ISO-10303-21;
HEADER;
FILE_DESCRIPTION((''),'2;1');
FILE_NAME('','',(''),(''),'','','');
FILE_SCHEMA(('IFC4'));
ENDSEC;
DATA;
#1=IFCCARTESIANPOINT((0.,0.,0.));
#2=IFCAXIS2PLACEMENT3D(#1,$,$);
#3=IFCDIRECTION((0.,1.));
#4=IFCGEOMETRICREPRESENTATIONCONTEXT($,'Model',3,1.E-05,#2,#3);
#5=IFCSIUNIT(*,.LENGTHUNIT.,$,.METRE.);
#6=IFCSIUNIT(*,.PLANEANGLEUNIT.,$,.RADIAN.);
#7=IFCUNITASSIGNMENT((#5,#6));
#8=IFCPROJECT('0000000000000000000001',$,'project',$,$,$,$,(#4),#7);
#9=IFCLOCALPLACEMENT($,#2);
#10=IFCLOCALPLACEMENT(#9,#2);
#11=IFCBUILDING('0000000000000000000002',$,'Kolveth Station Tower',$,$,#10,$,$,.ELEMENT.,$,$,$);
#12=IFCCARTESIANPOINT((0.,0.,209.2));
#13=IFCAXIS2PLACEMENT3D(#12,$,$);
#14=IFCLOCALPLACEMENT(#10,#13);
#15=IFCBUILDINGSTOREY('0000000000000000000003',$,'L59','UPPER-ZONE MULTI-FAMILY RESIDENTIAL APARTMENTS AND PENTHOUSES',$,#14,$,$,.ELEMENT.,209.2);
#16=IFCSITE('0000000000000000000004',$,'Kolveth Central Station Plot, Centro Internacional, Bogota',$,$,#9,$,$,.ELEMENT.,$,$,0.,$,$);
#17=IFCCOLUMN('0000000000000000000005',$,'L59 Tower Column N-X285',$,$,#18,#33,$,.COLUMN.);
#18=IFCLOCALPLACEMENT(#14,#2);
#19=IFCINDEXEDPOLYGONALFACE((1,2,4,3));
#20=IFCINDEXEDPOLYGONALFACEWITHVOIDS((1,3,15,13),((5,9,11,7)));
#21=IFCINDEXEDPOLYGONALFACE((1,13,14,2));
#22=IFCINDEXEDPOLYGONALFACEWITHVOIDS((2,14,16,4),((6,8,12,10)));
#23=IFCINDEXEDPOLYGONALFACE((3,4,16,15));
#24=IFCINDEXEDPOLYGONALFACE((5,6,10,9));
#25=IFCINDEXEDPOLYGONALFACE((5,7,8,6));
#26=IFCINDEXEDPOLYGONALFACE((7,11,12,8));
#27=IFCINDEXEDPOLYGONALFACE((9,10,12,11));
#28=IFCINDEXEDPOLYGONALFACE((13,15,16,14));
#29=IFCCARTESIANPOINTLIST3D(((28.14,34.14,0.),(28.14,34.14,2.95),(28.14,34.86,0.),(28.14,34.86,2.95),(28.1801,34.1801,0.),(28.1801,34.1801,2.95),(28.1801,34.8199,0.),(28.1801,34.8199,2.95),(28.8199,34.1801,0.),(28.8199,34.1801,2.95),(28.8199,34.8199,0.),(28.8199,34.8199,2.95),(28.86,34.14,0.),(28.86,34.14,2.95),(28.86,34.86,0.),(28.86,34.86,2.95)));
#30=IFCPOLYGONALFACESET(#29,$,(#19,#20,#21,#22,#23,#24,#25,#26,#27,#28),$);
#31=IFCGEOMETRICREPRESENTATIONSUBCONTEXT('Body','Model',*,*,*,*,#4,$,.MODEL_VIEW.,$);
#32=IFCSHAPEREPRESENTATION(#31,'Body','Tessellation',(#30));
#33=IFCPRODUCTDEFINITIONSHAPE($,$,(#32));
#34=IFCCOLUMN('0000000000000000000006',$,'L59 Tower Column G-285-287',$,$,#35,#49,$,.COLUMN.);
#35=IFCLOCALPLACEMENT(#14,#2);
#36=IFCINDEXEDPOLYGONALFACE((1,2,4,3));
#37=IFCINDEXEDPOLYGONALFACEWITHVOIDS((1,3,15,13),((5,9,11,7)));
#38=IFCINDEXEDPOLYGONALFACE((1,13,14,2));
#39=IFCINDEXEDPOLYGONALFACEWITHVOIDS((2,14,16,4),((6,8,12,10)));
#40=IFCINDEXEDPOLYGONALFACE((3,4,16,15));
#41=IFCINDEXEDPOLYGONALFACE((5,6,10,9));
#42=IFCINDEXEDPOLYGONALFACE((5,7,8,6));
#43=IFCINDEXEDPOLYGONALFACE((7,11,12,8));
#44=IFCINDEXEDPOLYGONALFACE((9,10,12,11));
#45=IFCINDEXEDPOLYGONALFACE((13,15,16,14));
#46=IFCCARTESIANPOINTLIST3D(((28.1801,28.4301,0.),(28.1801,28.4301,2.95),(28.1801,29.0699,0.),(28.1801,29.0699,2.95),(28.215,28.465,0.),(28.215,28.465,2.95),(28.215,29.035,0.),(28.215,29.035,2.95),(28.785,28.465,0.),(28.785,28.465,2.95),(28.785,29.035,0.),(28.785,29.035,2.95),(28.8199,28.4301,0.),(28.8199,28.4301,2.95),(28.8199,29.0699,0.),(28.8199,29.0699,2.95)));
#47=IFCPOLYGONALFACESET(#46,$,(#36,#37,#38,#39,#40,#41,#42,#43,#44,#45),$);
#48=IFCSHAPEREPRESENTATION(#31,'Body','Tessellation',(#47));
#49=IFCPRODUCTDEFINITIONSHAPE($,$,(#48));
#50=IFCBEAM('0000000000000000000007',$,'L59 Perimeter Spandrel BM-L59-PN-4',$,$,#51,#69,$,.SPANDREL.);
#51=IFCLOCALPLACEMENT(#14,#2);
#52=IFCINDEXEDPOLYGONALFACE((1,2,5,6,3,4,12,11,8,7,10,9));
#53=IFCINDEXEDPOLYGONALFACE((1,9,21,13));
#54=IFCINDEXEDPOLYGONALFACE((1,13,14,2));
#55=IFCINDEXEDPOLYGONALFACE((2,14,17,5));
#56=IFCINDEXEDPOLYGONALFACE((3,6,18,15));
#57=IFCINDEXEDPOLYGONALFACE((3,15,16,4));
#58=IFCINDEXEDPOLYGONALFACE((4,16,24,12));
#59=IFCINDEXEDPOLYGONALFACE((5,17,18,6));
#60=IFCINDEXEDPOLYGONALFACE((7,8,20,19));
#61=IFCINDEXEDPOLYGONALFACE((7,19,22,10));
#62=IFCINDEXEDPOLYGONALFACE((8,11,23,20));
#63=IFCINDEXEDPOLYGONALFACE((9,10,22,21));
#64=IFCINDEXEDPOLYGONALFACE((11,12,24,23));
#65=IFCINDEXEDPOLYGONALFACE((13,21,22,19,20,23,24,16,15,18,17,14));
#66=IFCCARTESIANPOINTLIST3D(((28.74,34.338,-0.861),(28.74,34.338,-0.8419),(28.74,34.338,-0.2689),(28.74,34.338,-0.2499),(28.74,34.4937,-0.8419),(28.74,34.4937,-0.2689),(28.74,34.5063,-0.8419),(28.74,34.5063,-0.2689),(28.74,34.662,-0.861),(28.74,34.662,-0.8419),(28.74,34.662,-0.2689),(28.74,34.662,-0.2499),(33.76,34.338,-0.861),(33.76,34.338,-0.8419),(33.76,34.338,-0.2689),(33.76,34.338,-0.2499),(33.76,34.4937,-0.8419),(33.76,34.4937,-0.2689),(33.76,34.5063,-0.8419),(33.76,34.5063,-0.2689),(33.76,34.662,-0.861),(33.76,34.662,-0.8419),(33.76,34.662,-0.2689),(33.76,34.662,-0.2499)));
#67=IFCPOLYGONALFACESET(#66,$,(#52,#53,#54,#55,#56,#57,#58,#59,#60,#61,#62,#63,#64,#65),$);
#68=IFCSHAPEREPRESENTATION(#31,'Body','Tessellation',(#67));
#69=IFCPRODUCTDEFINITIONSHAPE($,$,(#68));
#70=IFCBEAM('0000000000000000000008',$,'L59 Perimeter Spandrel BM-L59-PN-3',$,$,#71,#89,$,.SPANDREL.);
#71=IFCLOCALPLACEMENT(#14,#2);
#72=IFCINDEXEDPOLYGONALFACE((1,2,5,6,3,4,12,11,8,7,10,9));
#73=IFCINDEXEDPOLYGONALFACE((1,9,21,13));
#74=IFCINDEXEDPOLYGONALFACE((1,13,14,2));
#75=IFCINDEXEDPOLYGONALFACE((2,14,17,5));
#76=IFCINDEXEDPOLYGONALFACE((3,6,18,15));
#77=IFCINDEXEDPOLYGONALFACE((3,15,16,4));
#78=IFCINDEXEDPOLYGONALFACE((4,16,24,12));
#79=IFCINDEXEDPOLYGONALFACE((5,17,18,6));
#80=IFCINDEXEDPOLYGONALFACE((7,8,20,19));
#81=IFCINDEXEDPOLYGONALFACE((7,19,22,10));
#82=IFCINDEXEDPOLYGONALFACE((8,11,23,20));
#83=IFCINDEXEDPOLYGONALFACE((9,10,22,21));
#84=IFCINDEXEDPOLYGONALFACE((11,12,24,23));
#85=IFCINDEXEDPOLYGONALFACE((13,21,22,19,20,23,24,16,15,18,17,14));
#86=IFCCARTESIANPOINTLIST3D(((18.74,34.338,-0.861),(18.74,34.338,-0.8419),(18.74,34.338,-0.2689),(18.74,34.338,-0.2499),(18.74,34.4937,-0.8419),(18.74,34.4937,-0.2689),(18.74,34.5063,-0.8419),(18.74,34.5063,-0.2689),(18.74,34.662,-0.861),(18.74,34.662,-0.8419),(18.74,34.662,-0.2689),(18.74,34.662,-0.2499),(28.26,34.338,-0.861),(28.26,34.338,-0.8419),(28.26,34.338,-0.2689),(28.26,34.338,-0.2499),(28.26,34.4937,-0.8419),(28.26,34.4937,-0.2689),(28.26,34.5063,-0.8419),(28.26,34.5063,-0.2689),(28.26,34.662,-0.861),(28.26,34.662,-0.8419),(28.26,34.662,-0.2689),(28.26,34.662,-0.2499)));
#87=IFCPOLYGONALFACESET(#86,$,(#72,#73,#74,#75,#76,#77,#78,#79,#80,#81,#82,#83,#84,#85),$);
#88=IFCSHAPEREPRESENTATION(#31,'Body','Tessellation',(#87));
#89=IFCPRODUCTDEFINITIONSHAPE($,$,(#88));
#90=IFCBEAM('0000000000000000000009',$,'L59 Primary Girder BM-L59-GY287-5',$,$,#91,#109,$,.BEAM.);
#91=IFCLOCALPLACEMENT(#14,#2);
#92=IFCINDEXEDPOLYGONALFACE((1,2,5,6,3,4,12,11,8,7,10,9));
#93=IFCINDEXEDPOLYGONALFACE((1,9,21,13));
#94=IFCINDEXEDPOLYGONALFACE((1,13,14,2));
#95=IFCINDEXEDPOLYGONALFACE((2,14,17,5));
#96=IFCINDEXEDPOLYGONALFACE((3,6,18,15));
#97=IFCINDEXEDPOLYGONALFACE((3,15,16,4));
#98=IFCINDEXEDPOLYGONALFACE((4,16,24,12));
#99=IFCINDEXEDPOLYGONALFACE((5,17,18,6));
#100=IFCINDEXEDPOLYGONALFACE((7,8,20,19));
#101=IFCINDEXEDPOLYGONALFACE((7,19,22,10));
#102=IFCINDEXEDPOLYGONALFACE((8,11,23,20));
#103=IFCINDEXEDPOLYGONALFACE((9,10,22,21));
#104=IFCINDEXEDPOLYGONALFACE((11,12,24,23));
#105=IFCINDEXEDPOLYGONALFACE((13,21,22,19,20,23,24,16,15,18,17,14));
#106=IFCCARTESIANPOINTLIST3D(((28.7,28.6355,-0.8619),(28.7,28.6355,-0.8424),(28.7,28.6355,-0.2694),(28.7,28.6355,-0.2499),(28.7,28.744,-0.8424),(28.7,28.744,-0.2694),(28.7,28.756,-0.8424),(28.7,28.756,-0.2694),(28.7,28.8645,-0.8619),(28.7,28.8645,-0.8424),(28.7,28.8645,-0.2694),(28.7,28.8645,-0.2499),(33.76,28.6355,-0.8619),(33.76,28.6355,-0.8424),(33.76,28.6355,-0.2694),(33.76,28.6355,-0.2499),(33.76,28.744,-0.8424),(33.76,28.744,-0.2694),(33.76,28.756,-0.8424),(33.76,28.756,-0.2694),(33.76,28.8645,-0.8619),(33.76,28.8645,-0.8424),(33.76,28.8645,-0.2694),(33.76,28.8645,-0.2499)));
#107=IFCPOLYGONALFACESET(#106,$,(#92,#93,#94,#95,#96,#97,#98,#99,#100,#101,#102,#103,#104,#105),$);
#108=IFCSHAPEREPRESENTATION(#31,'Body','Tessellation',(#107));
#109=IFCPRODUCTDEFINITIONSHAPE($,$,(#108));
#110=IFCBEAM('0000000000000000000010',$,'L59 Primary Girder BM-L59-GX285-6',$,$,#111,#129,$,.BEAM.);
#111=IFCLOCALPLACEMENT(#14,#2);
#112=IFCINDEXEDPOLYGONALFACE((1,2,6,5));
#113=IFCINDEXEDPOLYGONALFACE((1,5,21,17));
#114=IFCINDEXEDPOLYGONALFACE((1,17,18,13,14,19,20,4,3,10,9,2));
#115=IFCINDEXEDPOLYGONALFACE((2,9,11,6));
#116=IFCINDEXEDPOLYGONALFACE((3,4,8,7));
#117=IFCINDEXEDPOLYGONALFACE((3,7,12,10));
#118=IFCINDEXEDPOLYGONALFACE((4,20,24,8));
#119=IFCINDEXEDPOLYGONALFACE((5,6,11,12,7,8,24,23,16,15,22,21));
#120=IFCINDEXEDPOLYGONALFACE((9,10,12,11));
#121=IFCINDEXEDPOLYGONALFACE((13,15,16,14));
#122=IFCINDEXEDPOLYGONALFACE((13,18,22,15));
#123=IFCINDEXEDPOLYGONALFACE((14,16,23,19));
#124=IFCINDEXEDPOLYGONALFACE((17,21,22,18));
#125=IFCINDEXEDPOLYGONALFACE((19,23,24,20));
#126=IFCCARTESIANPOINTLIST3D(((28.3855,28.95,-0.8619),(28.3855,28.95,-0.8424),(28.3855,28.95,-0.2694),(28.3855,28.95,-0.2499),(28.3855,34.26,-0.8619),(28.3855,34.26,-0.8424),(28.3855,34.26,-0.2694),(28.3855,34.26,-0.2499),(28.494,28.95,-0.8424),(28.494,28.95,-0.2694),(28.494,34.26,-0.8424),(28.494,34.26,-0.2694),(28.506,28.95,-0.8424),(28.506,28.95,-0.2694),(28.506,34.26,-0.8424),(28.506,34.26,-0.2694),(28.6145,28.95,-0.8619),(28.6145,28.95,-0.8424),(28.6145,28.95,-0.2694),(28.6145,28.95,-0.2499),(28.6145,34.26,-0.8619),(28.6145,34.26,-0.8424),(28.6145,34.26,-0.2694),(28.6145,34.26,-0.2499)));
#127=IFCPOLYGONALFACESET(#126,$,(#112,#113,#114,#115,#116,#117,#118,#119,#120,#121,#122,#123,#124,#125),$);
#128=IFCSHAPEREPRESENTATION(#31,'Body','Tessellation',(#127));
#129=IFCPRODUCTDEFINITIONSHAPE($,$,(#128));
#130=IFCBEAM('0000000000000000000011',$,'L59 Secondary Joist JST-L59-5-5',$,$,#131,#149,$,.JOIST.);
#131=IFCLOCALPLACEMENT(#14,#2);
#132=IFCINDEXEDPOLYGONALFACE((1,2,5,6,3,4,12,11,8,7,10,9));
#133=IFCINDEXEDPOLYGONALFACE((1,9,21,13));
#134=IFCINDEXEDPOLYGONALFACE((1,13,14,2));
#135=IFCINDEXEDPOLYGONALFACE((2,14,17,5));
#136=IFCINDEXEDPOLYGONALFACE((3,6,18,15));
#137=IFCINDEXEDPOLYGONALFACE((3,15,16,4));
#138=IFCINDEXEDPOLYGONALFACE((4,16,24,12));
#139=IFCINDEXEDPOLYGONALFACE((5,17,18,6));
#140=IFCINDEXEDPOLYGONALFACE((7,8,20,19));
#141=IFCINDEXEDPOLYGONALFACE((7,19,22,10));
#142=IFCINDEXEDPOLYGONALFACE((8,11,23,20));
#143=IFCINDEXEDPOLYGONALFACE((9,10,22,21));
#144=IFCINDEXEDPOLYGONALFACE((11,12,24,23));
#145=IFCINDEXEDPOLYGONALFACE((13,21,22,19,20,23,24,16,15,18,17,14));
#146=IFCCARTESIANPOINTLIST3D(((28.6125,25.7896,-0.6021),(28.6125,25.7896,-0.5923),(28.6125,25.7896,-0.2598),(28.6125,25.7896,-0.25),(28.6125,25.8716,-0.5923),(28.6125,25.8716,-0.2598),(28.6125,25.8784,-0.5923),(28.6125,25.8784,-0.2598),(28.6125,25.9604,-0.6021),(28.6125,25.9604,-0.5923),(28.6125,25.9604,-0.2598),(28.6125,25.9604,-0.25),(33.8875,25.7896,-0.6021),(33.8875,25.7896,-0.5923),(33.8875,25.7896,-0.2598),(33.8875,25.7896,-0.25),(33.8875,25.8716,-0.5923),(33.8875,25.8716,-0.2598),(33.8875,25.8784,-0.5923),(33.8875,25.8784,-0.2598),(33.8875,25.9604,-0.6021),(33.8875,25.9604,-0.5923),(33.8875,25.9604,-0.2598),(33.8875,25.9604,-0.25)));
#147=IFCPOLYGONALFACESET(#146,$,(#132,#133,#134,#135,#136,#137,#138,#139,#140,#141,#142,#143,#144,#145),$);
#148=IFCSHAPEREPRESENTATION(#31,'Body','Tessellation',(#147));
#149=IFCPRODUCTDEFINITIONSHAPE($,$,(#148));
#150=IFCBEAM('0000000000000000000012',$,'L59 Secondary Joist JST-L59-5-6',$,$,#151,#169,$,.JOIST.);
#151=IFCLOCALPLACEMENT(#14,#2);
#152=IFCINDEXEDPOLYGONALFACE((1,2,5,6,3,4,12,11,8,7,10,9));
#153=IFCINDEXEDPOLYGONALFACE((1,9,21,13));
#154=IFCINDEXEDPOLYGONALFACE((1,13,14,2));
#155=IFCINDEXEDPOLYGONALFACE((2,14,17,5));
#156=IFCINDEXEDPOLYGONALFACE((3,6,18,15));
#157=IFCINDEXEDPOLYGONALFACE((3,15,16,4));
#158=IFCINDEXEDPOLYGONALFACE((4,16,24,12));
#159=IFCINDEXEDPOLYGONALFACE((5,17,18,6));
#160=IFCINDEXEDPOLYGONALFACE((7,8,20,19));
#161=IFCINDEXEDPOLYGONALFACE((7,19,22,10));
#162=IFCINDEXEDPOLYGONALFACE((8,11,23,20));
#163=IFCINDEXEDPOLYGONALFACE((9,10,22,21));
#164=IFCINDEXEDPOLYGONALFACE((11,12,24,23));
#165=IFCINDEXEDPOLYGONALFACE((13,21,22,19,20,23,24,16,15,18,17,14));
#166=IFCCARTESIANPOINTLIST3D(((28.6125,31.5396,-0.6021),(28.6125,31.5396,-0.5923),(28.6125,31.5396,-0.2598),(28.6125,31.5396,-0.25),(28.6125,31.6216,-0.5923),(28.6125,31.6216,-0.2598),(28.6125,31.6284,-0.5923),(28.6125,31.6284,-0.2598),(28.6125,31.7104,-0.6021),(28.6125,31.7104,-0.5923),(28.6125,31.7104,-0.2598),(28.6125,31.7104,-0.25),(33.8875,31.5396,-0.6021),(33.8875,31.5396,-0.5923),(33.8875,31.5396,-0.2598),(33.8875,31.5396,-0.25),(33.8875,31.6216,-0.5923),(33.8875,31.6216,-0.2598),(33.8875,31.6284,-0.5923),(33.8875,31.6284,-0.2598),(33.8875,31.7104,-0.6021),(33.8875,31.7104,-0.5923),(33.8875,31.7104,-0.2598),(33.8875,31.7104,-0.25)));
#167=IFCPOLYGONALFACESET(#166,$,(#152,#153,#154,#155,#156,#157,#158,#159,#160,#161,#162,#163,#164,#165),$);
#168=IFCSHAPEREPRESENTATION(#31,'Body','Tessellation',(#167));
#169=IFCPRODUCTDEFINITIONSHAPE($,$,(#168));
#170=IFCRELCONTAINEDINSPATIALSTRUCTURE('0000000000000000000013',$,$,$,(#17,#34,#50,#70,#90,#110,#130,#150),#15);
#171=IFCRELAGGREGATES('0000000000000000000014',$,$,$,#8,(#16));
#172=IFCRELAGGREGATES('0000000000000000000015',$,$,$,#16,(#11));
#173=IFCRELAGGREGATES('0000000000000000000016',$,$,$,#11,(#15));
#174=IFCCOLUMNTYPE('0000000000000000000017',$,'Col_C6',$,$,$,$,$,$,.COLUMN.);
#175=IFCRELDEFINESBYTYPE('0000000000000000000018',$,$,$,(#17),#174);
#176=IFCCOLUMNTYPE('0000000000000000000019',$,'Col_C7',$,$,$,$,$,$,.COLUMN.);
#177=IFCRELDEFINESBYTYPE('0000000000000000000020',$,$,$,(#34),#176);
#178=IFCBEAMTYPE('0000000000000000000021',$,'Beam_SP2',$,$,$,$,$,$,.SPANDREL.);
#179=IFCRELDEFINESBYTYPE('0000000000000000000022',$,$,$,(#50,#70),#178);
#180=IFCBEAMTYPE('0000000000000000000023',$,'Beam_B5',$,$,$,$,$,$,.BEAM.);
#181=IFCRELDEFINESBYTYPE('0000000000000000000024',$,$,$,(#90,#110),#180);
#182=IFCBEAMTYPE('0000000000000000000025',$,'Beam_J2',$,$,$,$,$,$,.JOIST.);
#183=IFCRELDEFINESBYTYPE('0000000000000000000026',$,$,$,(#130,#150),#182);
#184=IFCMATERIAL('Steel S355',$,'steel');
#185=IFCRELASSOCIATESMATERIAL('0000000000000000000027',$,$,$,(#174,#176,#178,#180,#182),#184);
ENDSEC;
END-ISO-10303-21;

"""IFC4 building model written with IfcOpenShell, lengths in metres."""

from ifc_helpers import new_model, si_unit, direction, frame, origin, origin_2d, place, context, subcontext, project, spatial, hollow_rectangle, i_section, extrude, source, transform, mapped, material, material_profile, profile_set, type_object, element, save


model = new_model("IFC4")

# Units and contexts
model_context = context("Model", 3, precision=1e-05, world=origin(), true_north=direction((0.0, 1.0)))
body_context = subcontext(model_context, "Body", "Model", "MODEL_VIEW")
ifc_project = project(units=[si_unit("LENGTHUNIT", "METRE"), si_unit("PLANEANGLEUNIT", "RADIAN")], contexts=[model_context])

# Site, building, storey
site_placement = place(None, origin())
site = spatial("IfcSite", under=ifc_project, at=site_placement, Name="Kolveth Central Station Plot, Centro Internacional, Bogota", CompositionType="ELEMENT", RefElevation=0.0)
building_placement = place(site_placement, origin())
building = spatial("IfcBuilding", under=site, at=building_placement, Name="Kolveth Station Tower", CompositionType="ELEMENT")
storey_placement = place(building_placement, frame((0.0, 0.0, 209.2)))
storey = spatial("IfcBuildingStorey", under=building, at=storey_placement, Name="L59", Description="UPPER-ZONE MULTI-FAMILY RESIDENTIAL APARTMENTS AND PENTHOUSES", CompositionType="ELEMENT", Elevation=209.2)

# Columns
ifc_material_1 = material(Name="Steel S355", Category="steel")
ifc_material_profile_1 = material_profile(ifc_material_1, hollow_rectangle(XDim=0.72, YDim=0.72, WallThickness=0.04, at=origin_2d()), Name="BOX720x720x40")
ifc_profile_set_1 = profile_set([ifc_material_profile_1], Name="Steel S355")
column_type_1 = type_object("IfcColumnType", Name="Col_C6", PredefinedType="COLUMN", material=ifc_profile_set_1)
shared_shape_1 = source(origin(), body_context, "Body", "SweptSolid", [
    extrude(hollow_rectangle(XDim=0.72, YDim=0.72, WallThickness=0.04, at=origin_2d()), origin(), (0.0, 0.0, 1.0), 2.95),
])
column_1_placement = place(storey_placement, frame((28.5, 34.5, 0.0), z_axis=(0.0, 0.0, 1.0), x_axis=(1.0, 0.0, 0.0)))
element("IfcColumn", 1, at=column_1_placement, inside=storey, type_object=column_type_1, Name="L59 Tower Column N-X285", PredefinedType="COLUMN", context=body_context, shape_type="MappedRepresentation", body=[
    mapped(shared_shape_1, transform((0.0, 0.0, 0.0), x_axis=(1.0, 0.0, 0.0), y_axis=(0.0, 1.0, 0.0), z_axis=(0.0, 0.0, 1.0), scale=1.0)),
])
ifc_material_profile_2 = material_profile(ifc_material_1, hollow_rectangle(XDim=0.6399, YDim=0.6399, WallThickness=0.0349, at=origin_2d()), Name="BOX640x640x35")
ifc_profile_set_2 = profile_set([ifc_material_profile_2], Name="Steel S355")
column_type_2 = type_object("IfcColumnType", Name="Col_C7", PredefinedType="COLUMN", material=ifc_profile_set_2)
shared_shape_2 = source(origin(), body_context, "Body", "SweptSolid", [
    extrude(hollow_rectangle(XDim=0.6399, YDim=0.6399, WallThickness=0.0349, at=origin_2d()), origin(), (0.0, 0.0, 1.0), 2.95),
])
column_2_placement = place(storey_placement, frame((28.5, 28.75, 0.0), z_axis=(0.0, 0.0, 1.0), x_axis=(1.0, 0.0, 0.0)))
element("IfcColumn", 2, at=column_2_placement, inside=storey, type_object=column_type_2, Name="L59 Tower Column G-285-287", PredefinedType="COLUMN", context=body_context, shape_type="MappedRepresentation", body=[
    mapped(shared_shape_2, transform((0.0, 0.0, 0.0), x_axis=(1.0, 0.0, 0.0), y_axis=(0.0, 1.0, 0.0), z_axis=(0.0, 0.0, 1.0), scale=1.0)),
])

# Beams
ifc_material_profile_3 = material_profile(ifc_material_1, i_section(OverallWidth=0.324, OverallDepth=0.6111, WebThickness=0.0127, FlangeThickness=0.019, at=origin_2d()), Name="W610x155")
ifc_profile_set_3 = profile_set([ifc_material_profile_3], Name="Steel S355")
beam_type_1 = type_object("IfcBeamType", Name="Beam_SP2", PredefinedType="SPANDREL", material=ifc_profile_set_3)
shared_shape_3 = source(origin(), body_context, "Body", "SweptSolid", [
    extrude(i_section(OverallWidth=0.324, OverallDepth=0.6111, WebThickness=0.0127, FlangeThickness=0.019, at=origin_2d()), origin(), (0.0, 0.0, 1.0), 5.02),
])
beam_1_placement = place(storey_placement, frame((28.74, 34.5, -0.5554), z_axis=(1.0, 0.0, 0.0), x_axis=(0.0, 1.0, 0.0)))
element("IfcBeam", 3, at=beam_1_placement, inside=storey, type_object=beam_type_1, Name="L59 Perimeter Spandrel BM-L59-PN-4", PredefinedType="SPANDREL", context=body_context, shape_type="MappedRepresentation", body=[
    mapped(shared_shape_3, transform((0.0, 0.0, 0.0), x_axis=(1.0, 0.0, 0.0), y_axis=(0.0, 1.0, 0.0), z_axis=(0.0, 0.0, 1.0), scale=1.0)),
])
shared_shape_4 = source(origin(), body_context, "Body", "SweptSolid", [
    extrude(i_section(OverallWidth=0.324, OverallDepth=0.6111, WebThickness=0.0127, FlangeThickness=0.019, at=origin_2d()), origin(), (0.0, 0.0, 1.0), 9.52),
])
beam_2_placement = place(storey_placement, frame((18.74, 34.5, -0.5554), z_axis=(1.0, 0.0, 0.0), x_axis=(0.0, 1.0, 0.0)))
element("IfcBeam", 4, at=beam_2_placement, inside=storey, type_object=beam_type_1, Name="L59 Perimeter Spandrel BM-L59-PN-3", PredefinedType="SPANDREL", context=body_context, shape_type="MappedRepresentation", body=[
    mapped(shared_shape_4, transform((0.0, 0.0, 0.0), x_axis=(1.0, 0.0, 0.0), y_axis=(0.0, 1.0, 0.0), z_axis=(0.0, 0.0, 1.0), scale=1.0)),
])
ifc_material_profile_4 = material_profile(ifc_material_1, i_section(OverallWidth=0.229, OverallDepth=0.6121, WebThickness=0.012, FlangeThickness=0.0195, at=origin_2d()), Name="W610x125")
ifc_profile_set_4 = profile_set([ifc_material_profile_4], Name="Steel S355")
beam_type_2 = type_object("IfcBeamType", Name="Beam_B5", PredefinedType="BEAM", material=ifc_profile_set_4)
shared_shape_5 = source(origin(), body_context, "Body", "SweptSolid", [
    extrude(i_section(OverallWidth=0.229, OverallDepth=0.6121, WebThickness=0.012, FlangeThickness=0.0195, at=origin_2d()), origin(), (0.0, 0.0, 1.0), 5.0601),
])
beam_3_placement = place(storey_placement, frame((28.7, 28.75, -0.5559), z_axis=(1.0, 0.0, 0.0), x_axis=(0.0, 1.0, 0.0)))
element("IfcBeam", 5, at=beam_3_placement, inside=storey, type_object=beam_type_2, Name="L59 Primary Girder BM-L59-GY287-5", PredefinedType="BEAM", context=body_context, shape_type="MappedRepresentation", body=[
    mapped(shared_shape_5, transform((0.0, 0.0, 0.0), x_axis=(1.0, 0.0, 0.0), y_axis=(0.0, 1.0, 0.0), z_axis=(0.0, 0.0, 1.0), scale=1.0)),
])
shared_shape_6 = source(origin(), body_context, "Body", "SweptSolid", [
    extrude(i_section(OverallWidth=0.229, OverallDepth=0.6121, WebThickness=0.012, FlangeThickness=0.0195, at=origin_2d()), origin(), (0.0, 0.0, 1.0), 5.3101),
])
beam_4_placement = place(storey_placement, frame((28.5, 28.95, -0.5559), z_axis=(0.0, 1.0, 0.0), x_axis=(-1.0, 0.0, 0.0)))
element("IfcBeam", 6, at=beam_4_placement, inside=storey, type_object=beam_type_2, Name="L59 Primary Girder BM-L59-GX285-6", PredefinedType="BEAM", context=body_context, shape_type="MappedRepresentation", body=[
    mapped(shared_shape_6, transform((0.0, 0.0, 0.0), x_axis=(1.0, 0.0, 0.0), y_axis=(0.0, 1.0, 0.0), z_axis=(0.0, 0.0, 1.0), scale=1.0)),
])
ifc_material_profile_5 = material_profile(ifc_material_1, i_section(OverallWidth=0.1709, OverallDepth=0.3521, WebThickness=0.0068, FlangeThickness=0.0098, at=origin_2d()), Name="W360x44")
ifc_profile_set_5 = profile_set([ifc_material_profile_5], Name="Steel S355")
beam_type_3 = type_object("IfcBeamType", Name="Beam_J2", PredefinedType="JOIST", material=ifc_profile_set_5)
shared_shape_7 = source(origin(), body_context, "Body", "SweptSolid", [
    extrude(i_section(OverallWidth=0.1709, OverallDepth=0.3521, WebThickness=0.0068, FlangeThickness=0.0098, at=origin_2d()), origin(), (0.0, 0.0, 1.0), 5.2749),
])
for number, where, z_axis, x_axis, name in (
    (7, (28.6125, 25.875, -0.426), (1.0, 0.0, 0.0), (0.0, 1.0, 0.0), "L59 Secondary Joist JST-L59-5-5"),
    (8, (28.6125, 31.625, -0.426), (1.0, 0.0, 0.0), (0.0, 1.0, 0.0), "L59 Secondary Joist JST-L59-5-6"),
):
    element("IfcBeam", number, at=place(storey_placement, frame(where, z_axis=z_axis, x_axis=x_axis)), inside=storey, type_object=beam_type_3, Name=name, PredefinedType="JOIST", context=body_context, shape_type="MappedRepresentation", body=[
        mapped(shared_shape_7, transform((0.0, 0.0, 0.0), x_axis=(1.0, 0.0, 0.0), y_axis=(0.0, 1.0, 0.0), z_axis=(0.0, 0.0, 1.0), scale=1.0)),
    ])

save(model, "model.ifc")
